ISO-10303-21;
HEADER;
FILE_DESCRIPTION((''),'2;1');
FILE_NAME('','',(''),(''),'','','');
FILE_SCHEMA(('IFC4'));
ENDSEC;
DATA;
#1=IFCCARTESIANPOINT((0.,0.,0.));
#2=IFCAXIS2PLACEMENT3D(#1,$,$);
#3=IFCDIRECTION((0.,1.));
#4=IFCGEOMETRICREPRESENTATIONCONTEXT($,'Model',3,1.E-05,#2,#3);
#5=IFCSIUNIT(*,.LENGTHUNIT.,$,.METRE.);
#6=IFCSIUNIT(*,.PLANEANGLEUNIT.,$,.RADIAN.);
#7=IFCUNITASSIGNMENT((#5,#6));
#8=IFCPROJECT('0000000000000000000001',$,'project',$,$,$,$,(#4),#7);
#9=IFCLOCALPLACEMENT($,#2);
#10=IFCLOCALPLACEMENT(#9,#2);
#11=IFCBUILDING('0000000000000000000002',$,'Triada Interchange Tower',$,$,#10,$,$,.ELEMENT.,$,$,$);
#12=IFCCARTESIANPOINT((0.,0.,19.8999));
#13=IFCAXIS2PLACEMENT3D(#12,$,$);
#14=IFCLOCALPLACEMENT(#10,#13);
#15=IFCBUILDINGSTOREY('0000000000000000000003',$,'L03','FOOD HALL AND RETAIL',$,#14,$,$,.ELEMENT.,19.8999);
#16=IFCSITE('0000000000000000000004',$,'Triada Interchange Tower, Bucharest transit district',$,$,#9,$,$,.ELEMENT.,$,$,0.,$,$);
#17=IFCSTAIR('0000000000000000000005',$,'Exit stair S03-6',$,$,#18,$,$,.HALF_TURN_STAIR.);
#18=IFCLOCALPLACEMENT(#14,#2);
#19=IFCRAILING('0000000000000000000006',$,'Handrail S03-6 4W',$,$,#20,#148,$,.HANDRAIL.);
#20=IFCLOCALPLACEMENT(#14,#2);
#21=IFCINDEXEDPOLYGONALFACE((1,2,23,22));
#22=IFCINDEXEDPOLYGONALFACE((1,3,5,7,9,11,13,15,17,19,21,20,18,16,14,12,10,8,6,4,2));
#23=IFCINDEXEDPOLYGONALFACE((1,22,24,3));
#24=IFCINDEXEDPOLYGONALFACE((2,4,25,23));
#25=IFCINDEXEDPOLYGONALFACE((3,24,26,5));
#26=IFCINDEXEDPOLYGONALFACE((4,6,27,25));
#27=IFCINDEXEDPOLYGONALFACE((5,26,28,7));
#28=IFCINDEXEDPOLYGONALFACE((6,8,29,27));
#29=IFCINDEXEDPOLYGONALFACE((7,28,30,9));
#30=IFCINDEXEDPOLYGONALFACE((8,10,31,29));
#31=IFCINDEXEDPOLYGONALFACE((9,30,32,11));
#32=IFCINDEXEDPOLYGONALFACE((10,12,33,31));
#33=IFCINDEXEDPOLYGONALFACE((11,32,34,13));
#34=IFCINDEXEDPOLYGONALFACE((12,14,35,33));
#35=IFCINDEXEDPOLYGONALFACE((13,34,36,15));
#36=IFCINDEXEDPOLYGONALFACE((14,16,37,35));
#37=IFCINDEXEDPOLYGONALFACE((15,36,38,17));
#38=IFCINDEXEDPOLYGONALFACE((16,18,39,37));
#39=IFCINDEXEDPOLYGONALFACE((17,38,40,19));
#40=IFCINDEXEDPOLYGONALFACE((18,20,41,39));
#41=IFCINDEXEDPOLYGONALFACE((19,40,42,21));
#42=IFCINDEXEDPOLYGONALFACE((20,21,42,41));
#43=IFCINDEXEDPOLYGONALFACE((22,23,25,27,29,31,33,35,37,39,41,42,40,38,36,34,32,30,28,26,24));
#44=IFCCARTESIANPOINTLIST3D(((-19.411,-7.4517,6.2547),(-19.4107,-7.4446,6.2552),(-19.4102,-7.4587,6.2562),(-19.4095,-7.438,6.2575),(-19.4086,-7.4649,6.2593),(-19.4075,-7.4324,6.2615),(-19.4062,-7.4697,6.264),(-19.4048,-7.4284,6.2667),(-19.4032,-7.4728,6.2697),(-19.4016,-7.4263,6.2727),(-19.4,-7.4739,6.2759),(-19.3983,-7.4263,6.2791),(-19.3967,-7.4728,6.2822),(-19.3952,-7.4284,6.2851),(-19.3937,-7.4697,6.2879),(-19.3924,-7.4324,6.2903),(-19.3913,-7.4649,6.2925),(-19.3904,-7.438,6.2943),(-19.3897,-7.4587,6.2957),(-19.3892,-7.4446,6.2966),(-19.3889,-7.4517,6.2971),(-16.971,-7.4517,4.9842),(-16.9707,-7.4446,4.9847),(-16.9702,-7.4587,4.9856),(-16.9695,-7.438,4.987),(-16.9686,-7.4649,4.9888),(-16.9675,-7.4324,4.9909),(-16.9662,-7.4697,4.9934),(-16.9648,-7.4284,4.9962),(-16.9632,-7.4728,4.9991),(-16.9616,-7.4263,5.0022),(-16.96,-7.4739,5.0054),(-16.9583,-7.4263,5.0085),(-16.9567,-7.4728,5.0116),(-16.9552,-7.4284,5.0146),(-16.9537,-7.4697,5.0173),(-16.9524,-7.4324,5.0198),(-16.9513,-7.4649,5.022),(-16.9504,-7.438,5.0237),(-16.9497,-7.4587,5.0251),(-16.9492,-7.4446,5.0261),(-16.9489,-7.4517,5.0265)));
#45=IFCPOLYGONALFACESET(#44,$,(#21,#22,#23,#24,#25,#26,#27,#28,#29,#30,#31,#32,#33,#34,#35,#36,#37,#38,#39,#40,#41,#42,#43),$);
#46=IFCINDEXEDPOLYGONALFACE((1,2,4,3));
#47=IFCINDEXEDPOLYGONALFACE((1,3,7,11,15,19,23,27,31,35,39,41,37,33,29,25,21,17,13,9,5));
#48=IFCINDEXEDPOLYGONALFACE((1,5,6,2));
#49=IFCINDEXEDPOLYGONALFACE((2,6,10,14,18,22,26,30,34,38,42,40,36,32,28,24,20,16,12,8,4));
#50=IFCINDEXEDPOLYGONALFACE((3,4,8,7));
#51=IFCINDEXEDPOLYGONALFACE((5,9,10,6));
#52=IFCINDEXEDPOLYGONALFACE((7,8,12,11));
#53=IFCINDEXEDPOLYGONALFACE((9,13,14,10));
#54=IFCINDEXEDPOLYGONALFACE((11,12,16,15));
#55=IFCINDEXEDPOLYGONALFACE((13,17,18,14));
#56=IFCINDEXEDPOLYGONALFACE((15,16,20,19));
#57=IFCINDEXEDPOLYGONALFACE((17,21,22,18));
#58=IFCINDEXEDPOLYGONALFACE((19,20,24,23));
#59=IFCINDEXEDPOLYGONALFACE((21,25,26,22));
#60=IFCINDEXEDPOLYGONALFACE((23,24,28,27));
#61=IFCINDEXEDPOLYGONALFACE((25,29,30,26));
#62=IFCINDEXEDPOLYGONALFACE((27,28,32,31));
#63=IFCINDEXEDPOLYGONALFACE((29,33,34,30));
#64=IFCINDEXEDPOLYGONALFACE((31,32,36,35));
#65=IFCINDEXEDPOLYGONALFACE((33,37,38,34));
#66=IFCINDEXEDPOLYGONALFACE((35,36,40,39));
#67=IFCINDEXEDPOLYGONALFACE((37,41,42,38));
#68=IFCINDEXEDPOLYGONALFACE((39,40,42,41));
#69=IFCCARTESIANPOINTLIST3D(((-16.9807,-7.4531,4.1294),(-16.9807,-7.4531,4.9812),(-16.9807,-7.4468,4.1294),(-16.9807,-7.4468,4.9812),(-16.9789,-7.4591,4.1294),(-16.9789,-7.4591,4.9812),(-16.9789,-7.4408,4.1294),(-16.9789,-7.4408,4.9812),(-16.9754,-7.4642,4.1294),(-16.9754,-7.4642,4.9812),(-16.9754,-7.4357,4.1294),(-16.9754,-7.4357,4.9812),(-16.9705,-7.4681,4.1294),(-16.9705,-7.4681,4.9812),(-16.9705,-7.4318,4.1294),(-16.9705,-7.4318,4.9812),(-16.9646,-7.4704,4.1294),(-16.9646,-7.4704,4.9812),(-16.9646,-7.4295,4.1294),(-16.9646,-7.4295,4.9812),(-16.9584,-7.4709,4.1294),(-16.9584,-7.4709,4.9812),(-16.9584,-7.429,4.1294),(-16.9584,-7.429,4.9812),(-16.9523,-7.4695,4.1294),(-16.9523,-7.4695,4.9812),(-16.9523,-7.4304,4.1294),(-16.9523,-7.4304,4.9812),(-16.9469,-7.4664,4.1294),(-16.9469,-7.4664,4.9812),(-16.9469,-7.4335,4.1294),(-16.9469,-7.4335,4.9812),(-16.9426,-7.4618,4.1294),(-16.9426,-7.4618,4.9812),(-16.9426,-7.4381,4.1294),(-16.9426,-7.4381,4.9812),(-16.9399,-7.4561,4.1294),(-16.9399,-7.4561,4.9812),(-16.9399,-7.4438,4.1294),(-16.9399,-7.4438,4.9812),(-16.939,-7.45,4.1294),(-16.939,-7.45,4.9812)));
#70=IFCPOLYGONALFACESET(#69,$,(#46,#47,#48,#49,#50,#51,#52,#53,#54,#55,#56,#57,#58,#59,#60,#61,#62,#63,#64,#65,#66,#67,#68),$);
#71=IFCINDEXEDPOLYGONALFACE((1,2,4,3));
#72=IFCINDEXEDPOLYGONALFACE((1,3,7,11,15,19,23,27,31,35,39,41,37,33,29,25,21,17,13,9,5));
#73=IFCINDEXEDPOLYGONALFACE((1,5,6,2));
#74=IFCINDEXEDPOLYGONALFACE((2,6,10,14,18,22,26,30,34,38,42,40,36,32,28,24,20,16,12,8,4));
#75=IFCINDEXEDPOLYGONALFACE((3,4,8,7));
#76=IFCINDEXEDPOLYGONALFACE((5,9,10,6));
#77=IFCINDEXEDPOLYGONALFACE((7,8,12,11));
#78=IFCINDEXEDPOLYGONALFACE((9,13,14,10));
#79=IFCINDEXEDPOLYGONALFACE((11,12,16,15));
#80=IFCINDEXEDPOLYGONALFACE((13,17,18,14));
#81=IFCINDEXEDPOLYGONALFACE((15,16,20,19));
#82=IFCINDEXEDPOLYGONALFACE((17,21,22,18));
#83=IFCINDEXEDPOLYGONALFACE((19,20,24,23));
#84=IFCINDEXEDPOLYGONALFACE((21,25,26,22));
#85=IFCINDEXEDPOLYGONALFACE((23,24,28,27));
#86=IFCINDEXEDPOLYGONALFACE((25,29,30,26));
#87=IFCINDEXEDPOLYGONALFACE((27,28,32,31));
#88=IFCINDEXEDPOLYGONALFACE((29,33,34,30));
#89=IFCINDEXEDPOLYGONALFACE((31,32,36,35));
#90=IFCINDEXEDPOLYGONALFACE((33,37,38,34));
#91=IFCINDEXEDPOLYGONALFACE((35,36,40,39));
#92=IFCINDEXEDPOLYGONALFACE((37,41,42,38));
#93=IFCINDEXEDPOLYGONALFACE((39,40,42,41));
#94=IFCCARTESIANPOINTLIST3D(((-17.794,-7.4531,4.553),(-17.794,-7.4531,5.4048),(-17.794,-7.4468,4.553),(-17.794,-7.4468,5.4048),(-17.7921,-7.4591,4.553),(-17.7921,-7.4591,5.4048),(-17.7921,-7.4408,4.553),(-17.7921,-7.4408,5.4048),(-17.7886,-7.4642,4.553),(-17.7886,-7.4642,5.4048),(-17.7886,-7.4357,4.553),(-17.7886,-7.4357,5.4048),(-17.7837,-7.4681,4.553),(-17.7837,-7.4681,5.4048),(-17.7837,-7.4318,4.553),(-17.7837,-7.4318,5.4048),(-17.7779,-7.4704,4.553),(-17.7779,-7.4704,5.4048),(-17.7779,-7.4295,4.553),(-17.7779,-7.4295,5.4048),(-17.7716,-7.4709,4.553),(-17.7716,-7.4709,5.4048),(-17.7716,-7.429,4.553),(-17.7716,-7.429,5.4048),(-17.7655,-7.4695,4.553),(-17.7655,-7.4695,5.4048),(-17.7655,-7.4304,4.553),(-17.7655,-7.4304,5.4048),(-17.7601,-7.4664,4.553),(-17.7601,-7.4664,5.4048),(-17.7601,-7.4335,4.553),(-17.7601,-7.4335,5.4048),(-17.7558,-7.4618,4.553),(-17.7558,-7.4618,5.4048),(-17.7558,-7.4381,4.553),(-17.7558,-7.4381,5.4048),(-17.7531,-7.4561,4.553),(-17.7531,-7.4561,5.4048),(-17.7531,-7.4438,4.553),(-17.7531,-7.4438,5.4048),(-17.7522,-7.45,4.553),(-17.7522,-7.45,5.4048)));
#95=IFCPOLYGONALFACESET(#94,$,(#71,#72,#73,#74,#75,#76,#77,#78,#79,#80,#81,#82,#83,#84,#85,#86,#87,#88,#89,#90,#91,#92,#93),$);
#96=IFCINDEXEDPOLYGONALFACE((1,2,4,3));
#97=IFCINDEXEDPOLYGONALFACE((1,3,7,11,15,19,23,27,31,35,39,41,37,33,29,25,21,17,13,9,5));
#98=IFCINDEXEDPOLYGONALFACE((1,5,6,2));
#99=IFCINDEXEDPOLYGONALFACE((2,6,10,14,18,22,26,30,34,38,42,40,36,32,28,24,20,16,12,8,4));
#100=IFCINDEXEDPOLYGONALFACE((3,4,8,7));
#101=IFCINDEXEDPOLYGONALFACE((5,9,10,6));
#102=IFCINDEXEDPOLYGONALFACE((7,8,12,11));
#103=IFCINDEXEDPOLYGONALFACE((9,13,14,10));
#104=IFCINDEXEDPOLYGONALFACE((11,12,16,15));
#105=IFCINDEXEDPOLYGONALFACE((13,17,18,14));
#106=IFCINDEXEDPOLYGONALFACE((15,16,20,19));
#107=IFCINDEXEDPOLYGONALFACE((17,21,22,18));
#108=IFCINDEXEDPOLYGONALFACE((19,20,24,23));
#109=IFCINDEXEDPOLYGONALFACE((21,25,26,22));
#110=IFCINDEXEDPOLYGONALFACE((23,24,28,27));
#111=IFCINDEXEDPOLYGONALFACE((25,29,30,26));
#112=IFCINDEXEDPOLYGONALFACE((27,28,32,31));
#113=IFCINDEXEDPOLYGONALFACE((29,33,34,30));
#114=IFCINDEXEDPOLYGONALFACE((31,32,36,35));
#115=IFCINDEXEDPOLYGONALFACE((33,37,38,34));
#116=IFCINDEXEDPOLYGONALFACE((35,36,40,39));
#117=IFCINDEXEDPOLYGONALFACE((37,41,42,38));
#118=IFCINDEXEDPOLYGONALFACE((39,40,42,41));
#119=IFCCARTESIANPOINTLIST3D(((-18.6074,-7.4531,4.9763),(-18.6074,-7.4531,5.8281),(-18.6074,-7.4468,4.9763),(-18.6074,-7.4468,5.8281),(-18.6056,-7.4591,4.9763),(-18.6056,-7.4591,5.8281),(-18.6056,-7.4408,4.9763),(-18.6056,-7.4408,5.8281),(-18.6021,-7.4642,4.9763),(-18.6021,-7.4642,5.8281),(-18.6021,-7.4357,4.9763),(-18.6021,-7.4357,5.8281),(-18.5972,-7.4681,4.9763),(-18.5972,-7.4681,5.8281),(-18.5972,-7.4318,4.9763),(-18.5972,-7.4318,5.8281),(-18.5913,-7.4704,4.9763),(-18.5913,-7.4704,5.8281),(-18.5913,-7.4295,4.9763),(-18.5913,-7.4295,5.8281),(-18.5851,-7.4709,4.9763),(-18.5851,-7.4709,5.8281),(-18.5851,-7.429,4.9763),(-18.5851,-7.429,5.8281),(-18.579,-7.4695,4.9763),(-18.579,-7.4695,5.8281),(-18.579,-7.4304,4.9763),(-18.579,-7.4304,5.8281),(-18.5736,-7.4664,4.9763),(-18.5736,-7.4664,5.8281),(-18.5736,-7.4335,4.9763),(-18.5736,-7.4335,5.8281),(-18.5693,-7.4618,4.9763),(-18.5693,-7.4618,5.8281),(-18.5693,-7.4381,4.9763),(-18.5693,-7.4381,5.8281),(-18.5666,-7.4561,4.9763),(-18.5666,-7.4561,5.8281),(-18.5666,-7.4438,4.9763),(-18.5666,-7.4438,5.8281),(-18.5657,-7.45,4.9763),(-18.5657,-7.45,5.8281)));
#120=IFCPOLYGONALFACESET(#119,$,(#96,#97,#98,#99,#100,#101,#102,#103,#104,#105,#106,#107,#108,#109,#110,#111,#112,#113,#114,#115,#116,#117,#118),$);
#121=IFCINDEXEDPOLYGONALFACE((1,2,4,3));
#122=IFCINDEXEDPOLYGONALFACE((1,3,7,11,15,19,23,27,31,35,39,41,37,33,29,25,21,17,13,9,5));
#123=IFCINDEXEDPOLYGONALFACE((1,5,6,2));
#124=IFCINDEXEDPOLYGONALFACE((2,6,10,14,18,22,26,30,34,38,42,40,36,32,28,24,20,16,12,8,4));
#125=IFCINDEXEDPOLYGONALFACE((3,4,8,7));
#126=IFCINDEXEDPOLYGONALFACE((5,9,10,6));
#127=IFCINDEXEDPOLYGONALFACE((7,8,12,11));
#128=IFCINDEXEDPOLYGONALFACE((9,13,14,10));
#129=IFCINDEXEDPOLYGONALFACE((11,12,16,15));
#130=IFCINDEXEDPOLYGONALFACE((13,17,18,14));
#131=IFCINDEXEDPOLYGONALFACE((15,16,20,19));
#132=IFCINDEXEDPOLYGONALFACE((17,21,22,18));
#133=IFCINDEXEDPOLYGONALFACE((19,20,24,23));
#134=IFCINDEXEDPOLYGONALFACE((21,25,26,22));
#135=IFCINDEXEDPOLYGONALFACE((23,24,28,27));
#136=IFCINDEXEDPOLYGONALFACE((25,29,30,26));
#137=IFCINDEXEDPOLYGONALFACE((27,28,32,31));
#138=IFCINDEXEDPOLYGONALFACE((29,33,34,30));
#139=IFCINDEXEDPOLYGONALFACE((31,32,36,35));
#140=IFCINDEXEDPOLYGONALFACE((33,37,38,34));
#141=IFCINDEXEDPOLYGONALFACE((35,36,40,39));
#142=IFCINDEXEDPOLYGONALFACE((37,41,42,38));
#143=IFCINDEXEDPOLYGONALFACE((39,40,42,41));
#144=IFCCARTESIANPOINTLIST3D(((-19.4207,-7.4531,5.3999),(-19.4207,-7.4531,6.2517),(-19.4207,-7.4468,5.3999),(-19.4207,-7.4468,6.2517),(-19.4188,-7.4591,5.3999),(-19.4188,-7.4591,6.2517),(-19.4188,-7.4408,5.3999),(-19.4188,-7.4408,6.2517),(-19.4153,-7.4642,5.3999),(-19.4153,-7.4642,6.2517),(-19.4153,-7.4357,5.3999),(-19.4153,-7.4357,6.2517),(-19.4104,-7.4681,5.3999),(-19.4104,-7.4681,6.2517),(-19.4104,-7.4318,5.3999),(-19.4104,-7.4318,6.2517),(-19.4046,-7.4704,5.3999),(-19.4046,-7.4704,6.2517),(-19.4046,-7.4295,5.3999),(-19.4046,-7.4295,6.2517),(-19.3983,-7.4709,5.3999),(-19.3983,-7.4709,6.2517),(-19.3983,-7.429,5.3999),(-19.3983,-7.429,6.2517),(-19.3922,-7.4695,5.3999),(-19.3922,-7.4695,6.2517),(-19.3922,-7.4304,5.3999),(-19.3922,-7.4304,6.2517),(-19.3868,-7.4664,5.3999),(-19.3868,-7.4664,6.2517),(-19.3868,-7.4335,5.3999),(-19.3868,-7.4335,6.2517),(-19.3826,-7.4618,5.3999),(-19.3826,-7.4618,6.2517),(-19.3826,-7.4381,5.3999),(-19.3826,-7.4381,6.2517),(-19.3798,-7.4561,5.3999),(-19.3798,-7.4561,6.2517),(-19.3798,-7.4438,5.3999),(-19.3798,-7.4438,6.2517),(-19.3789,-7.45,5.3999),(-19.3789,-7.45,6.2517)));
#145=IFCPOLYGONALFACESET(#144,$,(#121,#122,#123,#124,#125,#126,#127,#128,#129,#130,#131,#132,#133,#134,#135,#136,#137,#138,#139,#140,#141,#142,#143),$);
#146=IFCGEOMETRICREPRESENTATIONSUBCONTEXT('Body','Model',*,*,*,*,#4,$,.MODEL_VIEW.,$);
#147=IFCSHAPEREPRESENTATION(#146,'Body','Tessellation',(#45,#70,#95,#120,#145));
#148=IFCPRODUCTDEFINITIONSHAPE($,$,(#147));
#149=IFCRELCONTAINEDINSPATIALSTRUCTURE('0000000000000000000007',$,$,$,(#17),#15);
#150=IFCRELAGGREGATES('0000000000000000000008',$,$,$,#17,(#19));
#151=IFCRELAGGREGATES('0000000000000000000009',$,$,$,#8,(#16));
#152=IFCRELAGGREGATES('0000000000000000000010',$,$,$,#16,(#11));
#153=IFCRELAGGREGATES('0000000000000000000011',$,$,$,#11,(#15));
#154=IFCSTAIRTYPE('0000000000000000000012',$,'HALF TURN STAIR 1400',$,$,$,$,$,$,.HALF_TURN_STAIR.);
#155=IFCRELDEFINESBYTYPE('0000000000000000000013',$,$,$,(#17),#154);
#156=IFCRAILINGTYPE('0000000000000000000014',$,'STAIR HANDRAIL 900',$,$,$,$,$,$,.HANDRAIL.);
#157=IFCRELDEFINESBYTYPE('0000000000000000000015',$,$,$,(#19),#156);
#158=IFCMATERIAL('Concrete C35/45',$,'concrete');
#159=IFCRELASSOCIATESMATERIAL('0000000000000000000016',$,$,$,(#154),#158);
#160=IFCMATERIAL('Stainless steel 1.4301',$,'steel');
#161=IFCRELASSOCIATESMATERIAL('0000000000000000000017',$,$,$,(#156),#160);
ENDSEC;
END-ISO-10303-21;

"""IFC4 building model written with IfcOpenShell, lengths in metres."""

from ifc_helpers import new_model, si_unit, direction, frame, origin, origin_2d, place, context, subcontext, project, spatial, circle, extrude, material, type_object, element, aggregate, save


model = new_model("IFC4")

# Units and contexts
model_context = context("Model", 3, precision=1e-05, world=origin(), true_north=direction((0.0, 1.0)))
body_context = subcontext(model_context, "Body", "Model", "MODEL_VIEW")
ifc_project = project(units=[si_unit("LENGTHUNIT", "METRE"), si_unit("PLANEANGLEUNIT", "RADIAN")], contexts=[model_context])

# Site, building, storey
site_placement = place(None, origin())
site = spatial("IfcSite", under=ifc_project, at=site_placement, Name="Triada Interchange Tower, Bucharest transit district", CompositionType="ELEMENT", RefElevation=0.0)
building_placement = place(site_placement, origin())
building = spatial("IfcBuilding", under=site, at=building_placement, Name="Triada Interchange Tower", CompositionType="ELEMENT")
storey_placement = place(building_placement, frame((0.0, 0.0, 19.8999)))
storey = spatial("IfcBuildingStorey", under=building, at=storey_placement, Name="L03", Description="FOOD HALL AND RETAIL", CompositionType="ELEMENT", Elevation=19.8999)

# Stair, railing
ifc_material_1 = material(Name="Concrete C35/45", Category="concrete")
stair_type = type_object("IfcStairType", Name="HALF TURN STAIR 1400", PredefinedType="HALF_TURN_STAIR", material=ifc_material_1)
stair_placement = place(storey_placement, origin())
stair = element("IfcStair", 1, at=stair_placement, inside=storey, type_object=stair_type, Name="Exit stair S03-6", PredefinedType="HALF_TURN_STAIR")
ifc_material_2 = material(Name="Stainless steel 1.4301", Category="steel")
railing_type = type_object("IfcRailingType", Name="STAIR HANDRAIL 900", PredefinedType="HANDRAIL", material=ifc_material_2)
railing_1_placement = place(storey_placement, frame((-16.96, -7.45, 4.1294)))
railing_1 = element("IfcRailing", 2, at=railing_1_placement, type_object=railing_type, Name="Handrail S03-6 4W", PredefinedType="HANDRAIL", context=body_context, shape_type="SweptSolid", body=[
    extrude(circle(Radius=0.0239, at=origin_2d()), frame((0.0, 0.0, 0.876), z_axis=(-0.886958, 0.0, 0.46185), x_axis=(0.0, -1.0, 0.0)), (0.0, 0.0, 1.0), 2.751),
    extrude(circle(Radius=0.021, at=origin_2d()), origin(), (0.0, 0.0, 1.0), 0.8518),
    extrude(circle(Radius=0.021, at=origin_2d()), frame((-0.8132, 0.0, 0.4236)), (0.0, 0.0, 1.0), 0.8518),
    extrude(circle(Radius=0.021, at=origin_2d()), frame((-1.6267, 0.0, 0.8469)), (0.0, 0.0, 1.0), 0.8518),
    extrude(circle(Radius=0.021, at=origin_2d()), frame((-2.4399, 0.0, 1.2705)), (0.0, 0.0, 1.0), 0.8518),
])
aggregate(stair, [railing_1])

save(model, "model.ifc")
